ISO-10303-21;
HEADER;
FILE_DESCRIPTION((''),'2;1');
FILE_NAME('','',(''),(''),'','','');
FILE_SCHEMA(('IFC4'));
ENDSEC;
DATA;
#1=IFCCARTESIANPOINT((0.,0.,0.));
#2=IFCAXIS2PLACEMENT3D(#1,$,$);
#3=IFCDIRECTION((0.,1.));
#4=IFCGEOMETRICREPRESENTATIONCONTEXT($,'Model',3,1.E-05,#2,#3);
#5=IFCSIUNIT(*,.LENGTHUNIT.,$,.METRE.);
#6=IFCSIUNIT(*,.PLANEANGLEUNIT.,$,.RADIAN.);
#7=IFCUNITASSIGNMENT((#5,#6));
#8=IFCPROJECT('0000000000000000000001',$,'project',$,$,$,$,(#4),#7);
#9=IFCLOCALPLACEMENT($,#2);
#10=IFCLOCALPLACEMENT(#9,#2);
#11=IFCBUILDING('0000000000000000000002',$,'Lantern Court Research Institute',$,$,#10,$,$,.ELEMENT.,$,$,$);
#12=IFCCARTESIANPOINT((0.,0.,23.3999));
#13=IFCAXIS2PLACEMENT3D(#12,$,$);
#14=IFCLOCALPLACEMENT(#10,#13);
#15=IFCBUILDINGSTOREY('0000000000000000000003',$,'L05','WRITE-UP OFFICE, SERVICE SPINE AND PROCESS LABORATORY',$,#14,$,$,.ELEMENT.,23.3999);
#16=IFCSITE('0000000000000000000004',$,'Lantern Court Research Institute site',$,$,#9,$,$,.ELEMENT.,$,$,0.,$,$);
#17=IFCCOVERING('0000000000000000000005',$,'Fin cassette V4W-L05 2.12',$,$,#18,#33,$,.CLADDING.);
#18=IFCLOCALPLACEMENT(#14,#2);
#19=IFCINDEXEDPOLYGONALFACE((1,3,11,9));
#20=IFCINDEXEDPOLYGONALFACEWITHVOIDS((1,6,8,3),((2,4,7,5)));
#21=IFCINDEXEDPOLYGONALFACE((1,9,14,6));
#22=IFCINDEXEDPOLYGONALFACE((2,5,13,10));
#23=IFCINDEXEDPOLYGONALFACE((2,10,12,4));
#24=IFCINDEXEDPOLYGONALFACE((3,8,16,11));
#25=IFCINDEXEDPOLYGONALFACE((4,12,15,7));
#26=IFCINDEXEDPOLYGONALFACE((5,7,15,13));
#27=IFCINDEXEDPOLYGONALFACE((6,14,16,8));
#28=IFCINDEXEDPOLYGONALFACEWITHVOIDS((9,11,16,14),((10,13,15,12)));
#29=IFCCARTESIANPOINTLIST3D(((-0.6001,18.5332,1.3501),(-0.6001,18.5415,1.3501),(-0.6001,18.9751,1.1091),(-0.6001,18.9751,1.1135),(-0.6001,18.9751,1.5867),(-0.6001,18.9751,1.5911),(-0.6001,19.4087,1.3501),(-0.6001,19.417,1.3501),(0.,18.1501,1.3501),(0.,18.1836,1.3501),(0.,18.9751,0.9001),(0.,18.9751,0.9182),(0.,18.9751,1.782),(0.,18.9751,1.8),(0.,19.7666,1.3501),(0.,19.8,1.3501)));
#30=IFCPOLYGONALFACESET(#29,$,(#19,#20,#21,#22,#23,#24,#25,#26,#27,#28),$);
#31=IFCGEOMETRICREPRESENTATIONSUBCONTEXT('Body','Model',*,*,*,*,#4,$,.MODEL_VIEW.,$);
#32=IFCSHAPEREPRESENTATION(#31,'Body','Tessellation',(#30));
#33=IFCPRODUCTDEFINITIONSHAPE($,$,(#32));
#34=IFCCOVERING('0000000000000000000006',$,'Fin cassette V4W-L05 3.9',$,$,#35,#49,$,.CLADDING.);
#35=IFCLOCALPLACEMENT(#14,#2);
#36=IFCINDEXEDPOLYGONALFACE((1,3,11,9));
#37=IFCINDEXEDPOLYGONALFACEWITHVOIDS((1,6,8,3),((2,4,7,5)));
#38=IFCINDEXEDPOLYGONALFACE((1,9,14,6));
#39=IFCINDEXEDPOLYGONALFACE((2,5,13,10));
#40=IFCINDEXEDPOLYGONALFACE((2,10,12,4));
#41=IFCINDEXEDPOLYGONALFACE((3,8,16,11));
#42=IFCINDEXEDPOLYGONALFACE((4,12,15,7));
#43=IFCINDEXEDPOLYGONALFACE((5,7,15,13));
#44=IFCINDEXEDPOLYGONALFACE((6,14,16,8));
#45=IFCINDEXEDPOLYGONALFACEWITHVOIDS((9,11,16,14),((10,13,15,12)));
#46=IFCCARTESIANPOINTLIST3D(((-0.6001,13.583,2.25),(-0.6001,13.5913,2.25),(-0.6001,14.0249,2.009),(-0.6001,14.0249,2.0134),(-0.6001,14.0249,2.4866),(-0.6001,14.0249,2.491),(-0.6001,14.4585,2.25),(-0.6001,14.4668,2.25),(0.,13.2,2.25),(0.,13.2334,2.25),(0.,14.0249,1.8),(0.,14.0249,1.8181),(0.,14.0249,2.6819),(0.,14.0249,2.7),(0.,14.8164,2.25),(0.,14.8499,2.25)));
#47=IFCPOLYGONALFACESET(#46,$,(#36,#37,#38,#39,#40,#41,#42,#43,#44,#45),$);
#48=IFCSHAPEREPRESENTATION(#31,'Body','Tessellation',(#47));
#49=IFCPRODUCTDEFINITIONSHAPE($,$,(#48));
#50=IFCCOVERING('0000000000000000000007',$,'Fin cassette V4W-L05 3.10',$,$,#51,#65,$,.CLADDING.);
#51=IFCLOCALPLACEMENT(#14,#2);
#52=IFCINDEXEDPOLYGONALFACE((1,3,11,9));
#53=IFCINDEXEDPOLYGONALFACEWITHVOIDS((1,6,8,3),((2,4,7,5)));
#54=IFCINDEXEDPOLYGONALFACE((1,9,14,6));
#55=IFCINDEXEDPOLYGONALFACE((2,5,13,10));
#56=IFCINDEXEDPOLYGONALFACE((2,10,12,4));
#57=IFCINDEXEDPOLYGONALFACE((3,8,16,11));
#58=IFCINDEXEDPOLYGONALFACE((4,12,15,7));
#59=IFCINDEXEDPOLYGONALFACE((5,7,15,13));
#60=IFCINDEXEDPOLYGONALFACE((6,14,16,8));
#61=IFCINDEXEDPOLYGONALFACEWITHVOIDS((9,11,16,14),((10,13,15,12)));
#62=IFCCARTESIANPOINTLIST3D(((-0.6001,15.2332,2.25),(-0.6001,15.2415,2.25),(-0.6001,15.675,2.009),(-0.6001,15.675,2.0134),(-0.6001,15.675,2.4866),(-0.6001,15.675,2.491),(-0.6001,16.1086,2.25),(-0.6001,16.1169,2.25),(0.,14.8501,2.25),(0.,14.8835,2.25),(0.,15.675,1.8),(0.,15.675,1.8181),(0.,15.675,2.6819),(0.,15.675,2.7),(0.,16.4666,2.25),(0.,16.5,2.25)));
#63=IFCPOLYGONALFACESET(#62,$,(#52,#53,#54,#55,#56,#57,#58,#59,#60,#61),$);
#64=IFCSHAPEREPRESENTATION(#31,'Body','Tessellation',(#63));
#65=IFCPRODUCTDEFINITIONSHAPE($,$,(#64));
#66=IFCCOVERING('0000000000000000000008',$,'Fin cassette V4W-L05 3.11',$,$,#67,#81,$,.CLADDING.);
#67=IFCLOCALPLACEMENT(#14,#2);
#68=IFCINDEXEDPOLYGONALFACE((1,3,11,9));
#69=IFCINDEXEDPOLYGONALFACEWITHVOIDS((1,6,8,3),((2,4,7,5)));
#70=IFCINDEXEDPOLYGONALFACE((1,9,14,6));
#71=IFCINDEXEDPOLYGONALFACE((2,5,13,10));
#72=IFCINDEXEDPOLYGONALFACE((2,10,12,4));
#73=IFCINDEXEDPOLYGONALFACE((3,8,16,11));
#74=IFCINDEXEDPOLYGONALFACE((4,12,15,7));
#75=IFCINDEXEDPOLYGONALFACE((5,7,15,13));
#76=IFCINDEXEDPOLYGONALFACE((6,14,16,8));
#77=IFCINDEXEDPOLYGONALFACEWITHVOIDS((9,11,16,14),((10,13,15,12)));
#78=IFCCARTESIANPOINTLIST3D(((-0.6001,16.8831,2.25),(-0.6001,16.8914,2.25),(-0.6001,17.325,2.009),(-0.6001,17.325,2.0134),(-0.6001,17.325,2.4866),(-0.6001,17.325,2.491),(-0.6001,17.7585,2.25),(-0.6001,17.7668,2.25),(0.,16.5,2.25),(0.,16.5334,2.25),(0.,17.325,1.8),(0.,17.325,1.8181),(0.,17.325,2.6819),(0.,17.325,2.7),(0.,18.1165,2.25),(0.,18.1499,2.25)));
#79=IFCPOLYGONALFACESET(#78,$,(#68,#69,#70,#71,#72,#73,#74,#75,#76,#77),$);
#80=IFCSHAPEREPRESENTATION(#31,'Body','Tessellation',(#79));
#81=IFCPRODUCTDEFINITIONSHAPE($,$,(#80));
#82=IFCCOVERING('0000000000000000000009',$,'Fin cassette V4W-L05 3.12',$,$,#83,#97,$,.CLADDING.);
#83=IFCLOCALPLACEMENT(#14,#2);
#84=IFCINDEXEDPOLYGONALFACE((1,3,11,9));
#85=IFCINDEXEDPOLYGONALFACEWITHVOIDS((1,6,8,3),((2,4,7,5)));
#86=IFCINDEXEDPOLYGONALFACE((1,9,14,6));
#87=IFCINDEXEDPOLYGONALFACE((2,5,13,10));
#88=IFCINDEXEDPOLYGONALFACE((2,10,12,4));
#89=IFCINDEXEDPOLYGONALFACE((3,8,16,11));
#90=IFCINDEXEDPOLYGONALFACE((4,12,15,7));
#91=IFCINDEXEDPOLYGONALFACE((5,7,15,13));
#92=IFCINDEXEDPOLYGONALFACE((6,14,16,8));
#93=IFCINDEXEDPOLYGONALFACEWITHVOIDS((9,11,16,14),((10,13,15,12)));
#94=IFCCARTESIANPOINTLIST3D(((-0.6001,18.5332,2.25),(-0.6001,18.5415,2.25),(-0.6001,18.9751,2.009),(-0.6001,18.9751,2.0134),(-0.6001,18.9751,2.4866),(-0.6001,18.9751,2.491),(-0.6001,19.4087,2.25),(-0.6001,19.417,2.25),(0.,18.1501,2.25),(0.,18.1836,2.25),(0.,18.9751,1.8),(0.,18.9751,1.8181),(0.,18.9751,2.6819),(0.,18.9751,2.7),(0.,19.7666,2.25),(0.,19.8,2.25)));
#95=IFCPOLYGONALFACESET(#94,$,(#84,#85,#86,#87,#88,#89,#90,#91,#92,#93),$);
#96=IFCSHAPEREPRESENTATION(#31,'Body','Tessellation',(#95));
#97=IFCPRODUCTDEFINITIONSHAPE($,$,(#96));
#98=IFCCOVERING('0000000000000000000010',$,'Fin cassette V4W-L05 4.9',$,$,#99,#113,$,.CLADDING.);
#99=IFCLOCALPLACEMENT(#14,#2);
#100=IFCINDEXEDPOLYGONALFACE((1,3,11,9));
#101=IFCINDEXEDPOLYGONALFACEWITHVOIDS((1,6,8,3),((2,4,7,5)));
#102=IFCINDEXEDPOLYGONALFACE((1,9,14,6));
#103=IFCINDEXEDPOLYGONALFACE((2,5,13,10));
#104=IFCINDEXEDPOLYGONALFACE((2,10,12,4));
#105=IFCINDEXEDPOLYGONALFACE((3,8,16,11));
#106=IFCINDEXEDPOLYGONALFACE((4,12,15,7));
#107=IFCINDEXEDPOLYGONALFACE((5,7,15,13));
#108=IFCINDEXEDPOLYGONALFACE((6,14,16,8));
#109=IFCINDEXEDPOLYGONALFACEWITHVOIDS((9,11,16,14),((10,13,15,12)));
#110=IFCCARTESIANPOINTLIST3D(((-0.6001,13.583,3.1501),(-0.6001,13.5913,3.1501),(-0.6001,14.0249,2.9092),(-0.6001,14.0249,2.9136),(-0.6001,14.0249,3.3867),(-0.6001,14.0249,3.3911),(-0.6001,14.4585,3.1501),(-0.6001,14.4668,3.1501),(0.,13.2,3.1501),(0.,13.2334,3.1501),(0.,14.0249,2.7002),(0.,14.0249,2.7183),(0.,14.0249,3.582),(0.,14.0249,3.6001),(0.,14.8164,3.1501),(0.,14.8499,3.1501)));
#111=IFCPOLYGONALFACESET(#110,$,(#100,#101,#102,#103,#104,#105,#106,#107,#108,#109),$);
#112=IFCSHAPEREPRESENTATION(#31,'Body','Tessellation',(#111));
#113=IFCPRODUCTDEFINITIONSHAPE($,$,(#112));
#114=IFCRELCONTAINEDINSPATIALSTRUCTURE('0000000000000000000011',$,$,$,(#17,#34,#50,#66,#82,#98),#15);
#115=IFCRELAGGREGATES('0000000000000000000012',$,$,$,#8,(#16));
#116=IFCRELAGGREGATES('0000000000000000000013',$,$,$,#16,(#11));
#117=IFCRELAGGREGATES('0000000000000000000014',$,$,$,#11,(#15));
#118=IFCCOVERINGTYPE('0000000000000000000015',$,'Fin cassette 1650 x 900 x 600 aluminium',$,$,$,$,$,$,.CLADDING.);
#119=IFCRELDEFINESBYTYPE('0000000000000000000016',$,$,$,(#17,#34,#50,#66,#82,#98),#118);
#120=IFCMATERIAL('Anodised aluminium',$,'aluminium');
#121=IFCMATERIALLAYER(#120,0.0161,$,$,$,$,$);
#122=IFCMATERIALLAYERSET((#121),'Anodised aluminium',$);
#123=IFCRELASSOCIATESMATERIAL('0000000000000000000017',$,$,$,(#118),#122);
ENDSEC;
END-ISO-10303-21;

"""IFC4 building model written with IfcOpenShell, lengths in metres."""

from ifc_helpers import new_model, entity, si_unit, direction, frame, origin, place, context, subcontext, project, spatial, material, layer, layer_set, type_object, element, save


model = new_model("IFC4")

# Units and contexts
model_context = context("Model", 3, precision=1e-05, world=origin(), true_north=direction((0.0, 1.0)))
body_context = subcontext(model_context, "Body", "Model", "MODEL_VIEW")
ifc_project = project(units=[si_unit("LENGTHUNIT", "METRE"), si_unit("PLANEANGLEUNIT", "RADIAN")], contexts=[model_context])

# Site, building, storey
site_placement = place(None, origin())
site = spatial("IfcSite", under=ifc_project, at=site_placement, Name="Lantern Court Research Institute site", CompositionType="ELEMENT", RefElevation=0.0)
building_placement = place(site_placement, origin())
building = spatial("IfcBuilding", under=site, at=building_placement, Name="Lantern Court Research Institute", CompositionType="ELEMENT")
storey_placement = place(building_placement, frame((0.0, 0.0, 23.3999)))
storey = spatial("IfcBuildingStorey", under=building, at=storey_placement, Name="L05", Description="WRITE-UP OFFICE, SERVICE SPINE AND PROCESS LABORATORY", CompositionType="ELEMENT", Elevation=23.3999)

# Coverings
ifc_material_1 = material(Name="Anodised aluminium", Category="aluminium")
ifc_layer_1 = layer(ifc_material_1, 0.0161)
ifc_layer_set_1 = layer_set([ifc_layer_1], Name="Anodised aluminium")
covering_type = type_object("IfcCoveringType", Name="Fin cassette 1650 x 900 x 600 aluminium", PredefinedType="CLADDING", material=ifc_layer_set_1)
covering_1_placement = place(storey_placement, frame((0.0, 18.9751, 1.3501), z_axis=(-1.0, 0.0, 0.0), x_axis=(0.0, -1.0, 0.0)))
cartesian_point_1 = entity("IfcCartesianPoint", [0.825, 0.0])
cartesian_point_2 = entity("IfcCartesianPoint", [0.7915, 0.0])
cartesian_point_3 = entity("IfcCartesianPoint", [0.4419, 0.0])
cartesian_point_4 = entity("IfcCartesianPoint", [0.4336, 0.0])
element("IfcCovering", 1, at=covering_1_placement, inside=storey, type_object=covering_type, Name="Fin cassette V4W-L05 2.12", PredefinedType="CLADDING", context=body_context, shape_type="SweptSolid", body=[
    entity("IfcExtrudedAreaSolidTapered", entity("IfcArbitraryProfileDefWithVoids", "AREA", None, entity("IfcPolyline", [cartesian_point_1, entity("IfcCartesianPoint", [0.0, 0.45]), entity("IfcCartesianPoint", [-0.825, 0.0]), entity("IfcCartesianPoint", [0.0, -0.45]), cartesian_point_1]), [entity("IfcPolyline", [cartesian_point_2, entity("IfcCartesianPoint", [0.0, 0.4319]), entity("IfcCartesianPoint", [-0.7915, 0.0]), entity("IfcCartesianPoint", [0.0, -0.4319]), cartesian_point_2])]), entity("IfcAxis2Placement3D", entity("IfcCartesianPoint", [0.0, 0.0, 0.0])), entity("IfcDirection", [0.0, 0.0, 1.0]), 0.6001, entity("IfcArbitraryProfileDefWithVoids", "AREA", None, entity("IfcPolyline", [cartesian_point_3, entity("IfcCartesianPoint", [0.0, 0.241]), entity("IfcCartesianPoint", [-0.4419, 0.0]), entity("IfcCartesianPoint", [0.0, -0.241]), cartesian_point_3]), [entity("IfcPolyline", [cartesian_point_4, entity("IfcCartesianPoint", [0.0, 0.2366]), entity("IfcCartesianPoint", [-0.4336, 0.0]), entity("IfcCartesianPoint", [0.0, -0.2366]), cartesian_point_4])])),
])
covering_2_placement = place(storey_placement, frame((0.0, 14.0249, 2.25), z_axis=(-1.0, 0.0, 0.0), x_axis=(0.0, -1.0, 0.0)))
cartesian_point_5 = entity("IfcCartesianPoint", [0.825, 0.0])
cartesian_point_6 = entity("IfcCartesianPoint", [0.7915, 0.0])
cartesian_point_7 = entity("IfcCartesianPoint", [0.4419, 0.0])
cartesian_point_8 = entity("IfcCartesianPoint", [0.4336, 0.0])
element("IfcCovering", 2, at=covering_2_placement, inside=storey, type_object=covering_type, Name="Fin cassette V4W-L05 3.9", PredefinedType="CLADDING", context=body_context, shape_type="SweptSolid", body=[
    entity("IfcExtrudedAreaSolidTapered", entity("IfcArbitraryProfileDefWithVoids", "AREA", None, entity("IfcPolyline", [cartesian_point_5, entity("IfcCartesianPoint", [0.0, 0.45]), entity("IfcCartesianPoint", [-0.825, 0.0]), entity("IfcCartesianPoint", [0.0, -0.45]), cartesian_point_5]), [entity("IfcPolyline", [cartesian_point_6, entity("IfcCartesianPoint", [0.0, 0.4319]), entity("IfcCartesianPoint", [-0.7915, 0.0]), entity("IfcCartesianPoint", [0.0, -0.4319]), cartesian_point_6])]), entity("IfcAxis2Placement3D", entity("IfcCartesianPoint", [0.0, 0.0, 0.0])), entity("IfcDirection", [0.0, 0.0, 1.0]), 0.6001, entity("IfcArbitraryProfileDefWithVoids", "AREA", None, entity("IfcPolyline", [cartesian_point_7, entity("IfcCartesianPoint", [0.0, 0.241]), entity("IfcCartesianPoint", [-0.4419, 0.0]), entity("IfcCartesianPoint", [0.0, -0.241]), cartesian_point_7]), [entity("IfcPolyline", [cartesian_point_8, entity("IfcCartesianPoint", [0.0, 0.2366]), entity("IfcCartesianPoint", [-0.4336, 0.0]), entity("IfcCartesianPoint", [0.0, -0.2366]), cartesian_point_8])])),
])
covering_3_placement = place(storey_placement, frame((0.0, 15.675, 2.25), z_axis=(-1.0, 0.0, 0.0), x_axis=(0.0, -1.0, 0.0)))
cartesian_point_9 = entity("IfcCartesianPoint", [0.825, 0.0])
cartesian_point_10 = entity("IfcCartesianPoint", [0.7915, 0.0])
cartesian_point_11 = entity("IfcCartesianPoint", [0.4419, 0.0])
cartesian_point_12 = entity("IfcCartesianPoint", [0.4336, 0.0])
element("IfcCovering", 3, at=covering_3_placement, inside=storey, type_object=covering_type, Name="Fin cassette V4W-L05 3.10", PredefinedType="CLADDING", context=body_context, shape_type="SweptSolid", body=[
    entity("IfcExtrudedAreaSolidTapered", entity("IfcArbitraryProfileDefWithVoids", "AREA", None, entity("IfcPolyline", [cartesian_point_9, entity("IfcCartesianPoint", [0.0, 0.45]), entity("IfcCartesianPoint", [-0.825, 0.0]), entity("IfcCartesianPoint", [0.0, -0.45]), cartesian_point_9]), [entity("IfcPolyline", [cartesian_point_10, entity("IfcCartesianPoint", [0.0, 0.4319]), entity("IfcCartesianPoint", [-0.7915, 0.0]), entity("IfcCartesianPoint", [0.0, -0.4319]), cartesian_point_10])]), entity("IfcAxis2Placement3D", entity("IfcCartesianPoint", [0.0, 0.0, 0.0])), entity("IfcDirection", [0.0, 0.0, 1.0]), 0.6001, entity("IfcArbitraryProfileDefWithVoids", "AREA", None, entity("IfcPolyline", [cartesian_point_11, entity("IfcCartesianPoint", [0.0, 0.241]), entity("IfcCartesianPoint", [-0.4419, 0.0]), entity("IfcCartesianPoint", [0.0, -0.241]), cartesian_point_11]), [entity("IfcPolyline", [cartesian_point_12, entity("IfcCartesianPoint", [0.0, 0.2366]), entity("IfcCartesianPoint", [-0.4336, 0.0]), entity("IfcCartesianPoint", [0.0, -0.2366]), cartesian_point_12])])),
])
covering_4_placement = place(storey_placement, frame((0.0, 17.325, 2.25), z_axis=(-1.0, 0.0, 0.0), x_axis=(0.0, -1.0, 0.0)))
cartesian_point_13 = entity("IfcCartesianPoint", [0.825, 0.0])
cartesian_point_14 = entity("IfcCartesianPoint", [0.7915, 0.0])
cartesian_point_15 = entity("IfcCartesianPoint", [0.4419, 0.0])
cartesian_point_16 = entity("IfcCartesianPoint", [0.4336, 0.0])
element("IfcCovering", 4, at=covering_4_placement, inside=storey, type_object=covering_type, Name="Fin cassette V4W-L05 3.11", PredefinedType="CLADDING", context=body_context, shape_type="SweptSolid", body=[
    entity("IfcExtrudedAreaSolidTapered", entity("IfcArbitraryProfileDefWithVoids", "AREA", None, entity("IfcPolyline", [cartesian_point_13, entity("IfcCartesianPoint", [0.0, 0.45]), entity("IfcCartesianPoint", [-0.825, 0.0]), entity("IfcCartesianPoint", [0.0, -0.45]), cartesian_point_13]), [entity("IfcPolyline", [cartesian_point_14, entity("IfcCartesianPoint", [0.0, 0.4319]), entity("IfcCartesianPoint", [-0.7915, 0.0]), entity("IfcCartesianPoint", [0.0, -0.4319]), cartesian_point_14])]), entity("IfcAxis2Placement3D", entity("IfcCartesianPoint", [0.0, 0.0, 0.0])), entity("IfcDirection", [0.0, 0.0, 1.0]), 0.6001, entity("IfcArbitraryProfileDefWithVoids", "AREA", None, entity("IfcPolyline", [cartesian_point_15, entity("IfcCartesianPoint", [0.0, 0.241]), entity("IfcCartesianPoint", [-0.4419, 0.0]), entity("IfcCartesianPoint", [0.0, -0.241]), cartesian_point_15]), [entity("IfcPolyline", [cartesian_point_16, entity("IfcCartesianPoint", [0.0, 0.2366]), entity("IfcCartesianPoint", [-0.4336, 0.0]), entity("IfcCartesianPoint", [0.0, -0.2366]), cartesian_point_16])])),
])
covering_5_placement = place(storey_placement, frame((0.0, 18.9751, 2.25), z_axis=(-1.0, 0.0, 0.0), x_axis=(0.0, -1.0, 0.0)))
cartesian_point_17 = entity("IfcCartesianPoint", [0.825, 0.0])
cartesian_point_18 = entity("IfcCartesianPoint", [0.7915, 0.0])
cartesian_point_19 = entity("IfcCartesianPoint", [0.4419, 0.0])
cartesian_point_20 = entity("IfcCartesianPoint", [0.4336, 0.0])
element("IfcCovering", 5, at=covering_5_placement, inside=storey, type_object=covering_type, Name="Fin cassette V4W-L05 3.12", PredefinedType="CLADDING", context=body_context, shape_type="SweptSolid", body=[
    entity("IfcExtrudedAreaSolidTapered", entity("IfcArbitraryProfileDefWithVoids", "AREA", None, entity("IfcPolyline", [cartesian_point_17, entity("IfcCartesianPoint", [0.0, 0.45]), entity("IfcCartesianPoint", [-0.825, 0.0]), entity("IfcCartesianPoint", [0.0, -0.45]), cartesian_point_17]), [entity("IfcPolyline", [cartesian_point_18, entity("IfcCartesianPoint", [0.0, 0.4319]), entity("IfcCartesianPoint", [-0.7915, 0.0]), entity("IfcCartesianPoint", [0.0, -0.4319]), cartesian_point_18])]), entity("IfcAxis2Placement3D", entity("IfcCartesianPoint", [0.0, 0.0, 0.0])), entity("IfcDirection", [0.0, 0.0, 1.0]), 0.6001, entity("IfcArbitraryProfileDefWithVoids", "AREA", None, entity("IfcPolyline", [cartesian_point_19, entity("IfcCartesianPoint", [0.0, 0.241]), entity("IfcCartesianPoint", [-0.4419, 0.0]), entity("IfcCartesianPoint", [0.0, -0.241]), cartesian_point_19]), [entity("IfcPolyline", [cartesian_point_20, entity("IfcCartesianPoint", [0.0, 0.2366]), entity("IfcCartesianPoint", [-0.4336, 0.0]), entity("IfcCartesianPoint", [0.0, -0.2366]), cartesian_point_20])])),
])
covering_6_placement = place(storey_placement, frame((0.0, 14.0249, 3.1501), z_axis=(-1.0, 0.0, 0.0), x_axis=(0.0, -1.0, 0.0)))
cartesian_point_21 = entity("IfcCartesianPoint", [0.825, 0.0])
cartesian_point_22 = entity("IfcCartesianPoint", [0.7915, 0.0])
cartesian_point_23 = entity("IfcCartesianPoint", [0.4419, 0.0])
cartesian_point_24 = entity("IfcCartesianPoint", [0.4336, 0.0])
element("IfcCovering", 6, at=covering_6_placement, inside=storey, type_object=covering_type, Name="Fin cassette V4W-L05 4.9", PredefinedType="CLADDING", context=body_context, shape_type="SweptSolid", body=[
    entity("IfcExtrudedAreaSolidTapered", entity("IfcArbitraryProfileDefWithVoids", "AREA", None, entity("IfcPolyline", [cartesian_point_21, entity("IfcCartesianPoint", [0.0, 0.45]), entity("IfcCartesianPoint", [-0.825, 0.0]), entity("IfcCartesianPoint", [0.0, -0.45]), cartesian_point_21]), [entity("IfcPolyline", [cartesian_point_22, entity("IfcCartesianPoint", [0.0, 0.4319]), entity("IfcCartesianPoint", [-0.7915, 0.0]), entity("IfcCartesianPoint", [0.0, -0.4319]), cartesian_point_22])]), entity("IfcAxis2Placement3D", entity("IfcCartesianPoint", [0.0, 0.0, 0.0])), entity("IfcDirection", [0.0, 0.0, 1.0]), 0.6001, entity("IfcArbitraryProfileDefWithVoids", "AREA", None, entity("IfcPolyline", [cartesian_point_23, entity("IfcCartesianPoint", [0.0, 0.241]), entity("IfcCartesianPoint", [-0.4419, 0.0]), entity("IfcCartesianPoint", [0.0, -0.241]), cartesian_point_23]), [entity("IfcPolyline", [cartesian_point_24, entity("IfcCartesianPoint", [0.0, 0.2366]), entity("IfcCartesianPoint", [-0.4336, 0.0]), entity("IfcCartesianPoint", [0.0, -0.2366]), cartesian_point_24])])),
])

save(model, "model.ifc")
